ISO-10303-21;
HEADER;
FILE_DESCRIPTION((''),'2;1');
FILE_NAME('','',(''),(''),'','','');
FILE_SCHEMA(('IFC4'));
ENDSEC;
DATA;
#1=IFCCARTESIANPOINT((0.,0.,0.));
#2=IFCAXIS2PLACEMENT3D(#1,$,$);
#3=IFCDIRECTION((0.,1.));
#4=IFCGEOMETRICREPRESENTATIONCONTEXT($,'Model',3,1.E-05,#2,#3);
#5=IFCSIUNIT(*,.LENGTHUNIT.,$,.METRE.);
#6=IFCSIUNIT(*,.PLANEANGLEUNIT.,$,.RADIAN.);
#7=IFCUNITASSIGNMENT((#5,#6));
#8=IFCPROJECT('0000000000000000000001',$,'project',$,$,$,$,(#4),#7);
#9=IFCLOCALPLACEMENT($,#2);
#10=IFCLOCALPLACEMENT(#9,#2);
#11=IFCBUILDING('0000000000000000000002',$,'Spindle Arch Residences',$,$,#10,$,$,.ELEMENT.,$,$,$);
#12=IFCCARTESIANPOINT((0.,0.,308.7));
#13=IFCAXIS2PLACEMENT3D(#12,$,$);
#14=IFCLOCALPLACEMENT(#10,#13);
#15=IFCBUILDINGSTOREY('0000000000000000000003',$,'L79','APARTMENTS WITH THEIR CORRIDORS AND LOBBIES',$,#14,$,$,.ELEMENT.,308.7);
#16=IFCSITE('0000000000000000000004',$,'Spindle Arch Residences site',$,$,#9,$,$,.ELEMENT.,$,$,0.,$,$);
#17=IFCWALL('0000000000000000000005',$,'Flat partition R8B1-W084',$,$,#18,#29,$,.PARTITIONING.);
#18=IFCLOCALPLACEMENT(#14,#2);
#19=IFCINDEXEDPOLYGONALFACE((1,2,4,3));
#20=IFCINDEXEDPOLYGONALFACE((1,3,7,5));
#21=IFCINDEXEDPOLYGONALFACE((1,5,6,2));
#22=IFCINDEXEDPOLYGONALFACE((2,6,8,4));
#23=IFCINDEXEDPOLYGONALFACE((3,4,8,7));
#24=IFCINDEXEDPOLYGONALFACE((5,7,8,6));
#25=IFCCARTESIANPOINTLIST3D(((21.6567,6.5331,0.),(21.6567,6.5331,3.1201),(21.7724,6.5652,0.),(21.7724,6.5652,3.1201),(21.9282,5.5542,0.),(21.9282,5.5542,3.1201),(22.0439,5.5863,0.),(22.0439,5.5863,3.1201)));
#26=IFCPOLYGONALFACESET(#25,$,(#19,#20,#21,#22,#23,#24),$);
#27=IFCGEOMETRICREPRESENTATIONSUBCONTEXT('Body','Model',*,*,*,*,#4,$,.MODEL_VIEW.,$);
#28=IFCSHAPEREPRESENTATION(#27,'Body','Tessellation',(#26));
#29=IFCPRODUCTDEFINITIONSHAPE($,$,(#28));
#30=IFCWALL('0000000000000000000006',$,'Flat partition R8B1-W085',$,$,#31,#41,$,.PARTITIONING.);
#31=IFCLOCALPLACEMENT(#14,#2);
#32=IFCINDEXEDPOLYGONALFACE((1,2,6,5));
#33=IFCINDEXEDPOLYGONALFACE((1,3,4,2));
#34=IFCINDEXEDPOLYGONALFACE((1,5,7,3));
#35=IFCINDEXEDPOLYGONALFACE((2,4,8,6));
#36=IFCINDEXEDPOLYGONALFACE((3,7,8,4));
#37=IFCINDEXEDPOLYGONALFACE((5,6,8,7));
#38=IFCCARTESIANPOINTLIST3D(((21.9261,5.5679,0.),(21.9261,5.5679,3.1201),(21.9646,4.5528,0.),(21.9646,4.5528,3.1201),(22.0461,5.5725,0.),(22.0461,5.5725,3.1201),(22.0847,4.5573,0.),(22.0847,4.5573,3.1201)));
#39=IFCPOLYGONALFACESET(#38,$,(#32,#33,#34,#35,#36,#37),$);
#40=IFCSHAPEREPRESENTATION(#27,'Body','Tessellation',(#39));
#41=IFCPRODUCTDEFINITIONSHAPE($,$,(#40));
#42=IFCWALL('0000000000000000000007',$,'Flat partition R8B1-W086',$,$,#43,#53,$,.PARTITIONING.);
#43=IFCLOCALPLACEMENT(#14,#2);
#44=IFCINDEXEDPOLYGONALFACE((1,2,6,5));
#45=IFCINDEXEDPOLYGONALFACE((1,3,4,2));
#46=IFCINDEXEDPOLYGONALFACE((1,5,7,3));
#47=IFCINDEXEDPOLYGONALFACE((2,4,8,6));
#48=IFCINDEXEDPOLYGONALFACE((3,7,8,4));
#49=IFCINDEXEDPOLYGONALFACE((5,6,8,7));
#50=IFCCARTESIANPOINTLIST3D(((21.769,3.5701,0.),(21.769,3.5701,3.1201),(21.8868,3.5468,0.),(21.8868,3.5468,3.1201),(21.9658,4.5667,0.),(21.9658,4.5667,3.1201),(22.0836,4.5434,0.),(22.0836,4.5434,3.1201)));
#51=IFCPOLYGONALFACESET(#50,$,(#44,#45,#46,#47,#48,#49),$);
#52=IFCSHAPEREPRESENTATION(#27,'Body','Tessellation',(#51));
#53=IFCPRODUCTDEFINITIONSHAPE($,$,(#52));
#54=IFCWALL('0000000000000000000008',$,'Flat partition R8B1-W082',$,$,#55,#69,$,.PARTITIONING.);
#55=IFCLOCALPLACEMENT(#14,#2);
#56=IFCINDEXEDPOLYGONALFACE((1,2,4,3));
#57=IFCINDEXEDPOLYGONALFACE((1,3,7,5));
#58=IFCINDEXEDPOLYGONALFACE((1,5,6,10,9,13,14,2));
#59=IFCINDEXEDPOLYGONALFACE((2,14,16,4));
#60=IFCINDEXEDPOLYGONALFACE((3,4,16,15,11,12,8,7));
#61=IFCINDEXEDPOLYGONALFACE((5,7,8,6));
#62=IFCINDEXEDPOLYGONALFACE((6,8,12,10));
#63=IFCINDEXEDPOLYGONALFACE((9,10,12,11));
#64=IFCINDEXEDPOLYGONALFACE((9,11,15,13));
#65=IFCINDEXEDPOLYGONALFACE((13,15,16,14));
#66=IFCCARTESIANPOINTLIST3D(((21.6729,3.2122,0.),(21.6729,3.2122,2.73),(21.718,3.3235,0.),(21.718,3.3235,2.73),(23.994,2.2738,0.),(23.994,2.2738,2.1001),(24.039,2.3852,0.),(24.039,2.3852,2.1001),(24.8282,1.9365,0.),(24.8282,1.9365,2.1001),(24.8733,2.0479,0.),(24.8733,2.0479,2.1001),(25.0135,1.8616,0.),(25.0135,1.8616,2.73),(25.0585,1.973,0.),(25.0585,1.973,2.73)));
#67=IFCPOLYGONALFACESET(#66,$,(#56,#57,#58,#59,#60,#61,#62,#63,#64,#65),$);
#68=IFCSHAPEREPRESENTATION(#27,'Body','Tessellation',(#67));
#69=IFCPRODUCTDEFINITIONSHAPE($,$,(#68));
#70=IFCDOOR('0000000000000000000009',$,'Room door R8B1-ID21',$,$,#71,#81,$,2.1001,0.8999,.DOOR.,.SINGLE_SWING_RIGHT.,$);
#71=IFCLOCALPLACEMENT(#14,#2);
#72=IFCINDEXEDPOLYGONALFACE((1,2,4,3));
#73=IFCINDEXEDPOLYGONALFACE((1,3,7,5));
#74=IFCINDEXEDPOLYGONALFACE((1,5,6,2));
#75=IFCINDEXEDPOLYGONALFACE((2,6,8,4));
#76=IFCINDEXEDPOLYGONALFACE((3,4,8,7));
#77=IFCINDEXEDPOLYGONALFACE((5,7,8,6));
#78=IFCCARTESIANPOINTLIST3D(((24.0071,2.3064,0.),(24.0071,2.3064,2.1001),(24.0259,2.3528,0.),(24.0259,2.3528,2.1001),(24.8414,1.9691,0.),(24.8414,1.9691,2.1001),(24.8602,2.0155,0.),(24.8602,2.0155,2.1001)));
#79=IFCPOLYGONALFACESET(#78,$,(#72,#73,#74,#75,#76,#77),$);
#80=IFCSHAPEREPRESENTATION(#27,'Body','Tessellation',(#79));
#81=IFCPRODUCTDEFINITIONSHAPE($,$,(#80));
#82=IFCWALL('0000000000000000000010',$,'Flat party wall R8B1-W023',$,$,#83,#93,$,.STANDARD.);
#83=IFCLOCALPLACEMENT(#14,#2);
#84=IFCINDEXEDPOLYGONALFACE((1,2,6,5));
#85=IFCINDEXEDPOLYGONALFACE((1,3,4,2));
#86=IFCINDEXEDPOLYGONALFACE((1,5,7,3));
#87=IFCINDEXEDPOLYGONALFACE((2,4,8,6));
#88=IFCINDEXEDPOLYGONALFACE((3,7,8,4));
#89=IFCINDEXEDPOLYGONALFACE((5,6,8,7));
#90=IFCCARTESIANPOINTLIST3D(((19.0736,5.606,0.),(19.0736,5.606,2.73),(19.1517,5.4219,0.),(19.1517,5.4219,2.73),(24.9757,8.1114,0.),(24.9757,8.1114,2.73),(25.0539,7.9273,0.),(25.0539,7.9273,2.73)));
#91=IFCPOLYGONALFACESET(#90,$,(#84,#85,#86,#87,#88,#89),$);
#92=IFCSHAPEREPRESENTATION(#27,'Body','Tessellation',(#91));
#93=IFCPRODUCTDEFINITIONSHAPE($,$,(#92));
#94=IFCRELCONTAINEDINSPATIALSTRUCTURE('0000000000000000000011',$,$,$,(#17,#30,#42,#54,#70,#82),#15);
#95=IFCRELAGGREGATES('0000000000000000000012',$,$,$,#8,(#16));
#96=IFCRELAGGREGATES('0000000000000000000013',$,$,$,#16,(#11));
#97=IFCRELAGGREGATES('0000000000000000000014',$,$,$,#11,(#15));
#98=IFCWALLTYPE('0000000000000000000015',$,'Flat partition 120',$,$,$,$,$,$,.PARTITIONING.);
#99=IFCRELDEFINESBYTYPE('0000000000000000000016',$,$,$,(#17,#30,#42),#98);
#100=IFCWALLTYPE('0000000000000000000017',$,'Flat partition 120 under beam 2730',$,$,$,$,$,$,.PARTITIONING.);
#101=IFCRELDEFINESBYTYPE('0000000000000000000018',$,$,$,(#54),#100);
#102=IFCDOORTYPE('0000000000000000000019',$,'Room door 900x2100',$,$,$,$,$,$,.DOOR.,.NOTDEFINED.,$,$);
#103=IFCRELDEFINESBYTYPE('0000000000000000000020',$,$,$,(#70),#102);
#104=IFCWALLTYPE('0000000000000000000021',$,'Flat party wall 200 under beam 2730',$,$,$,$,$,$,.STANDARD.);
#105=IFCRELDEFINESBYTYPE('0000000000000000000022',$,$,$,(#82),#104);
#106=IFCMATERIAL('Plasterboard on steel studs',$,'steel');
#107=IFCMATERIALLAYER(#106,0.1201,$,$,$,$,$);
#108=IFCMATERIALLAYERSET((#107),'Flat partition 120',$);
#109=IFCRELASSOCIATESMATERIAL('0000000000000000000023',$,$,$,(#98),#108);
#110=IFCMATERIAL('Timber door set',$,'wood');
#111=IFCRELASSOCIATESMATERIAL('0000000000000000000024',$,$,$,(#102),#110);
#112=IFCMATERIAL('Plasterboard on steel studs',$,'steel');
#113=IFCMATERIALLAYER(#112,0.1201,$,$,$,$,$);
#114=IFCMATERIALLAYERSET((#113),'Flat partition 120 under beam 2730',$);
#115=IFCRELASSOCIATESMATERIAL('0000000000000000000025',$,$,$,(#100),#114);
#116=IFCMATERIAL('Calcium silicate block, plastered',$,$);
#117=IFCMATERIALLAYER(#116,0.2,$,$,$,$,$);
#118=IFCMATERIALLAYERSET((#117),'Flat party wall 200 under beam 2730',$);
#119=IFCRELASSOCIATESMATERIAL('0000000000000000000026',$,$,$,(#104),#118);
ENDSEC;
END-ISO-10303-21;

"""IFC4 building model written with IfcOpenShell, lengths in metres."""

from ifc_helpers import new_model, si_unit, direction, frame, frame_2d, origin, place, context, subcontext, project, spatial, rectangle, extrude, material, layer, layer_set, type_object, element, fill, save


model = new_model("IFC4")

# Units and contexts
model_context = context("Model", 3, precision=1e-05, world=origin(), true_north=direction((0.0, 1.0)))
body_context = subcontext(model_context, "Body", "Model", "MODEL_VIEW")
ifc_project = project(units=[si_unit("LENGTHUNIT", "METRE"), si_unit("PLANEANGLEUNIT", "RADIAN")], contexts=[model_context])

# Site, building, storey
site_placement = place(None, origin())
site = spatial("IfcSite", under=ifc_project, at=site_placement, Name="Spindle Arch Residences site", CompositionType="ELEMENT", RefElevation=0.0)
building_placement = place(site_placement, origin())
building = spatial("IfcBuilding", under=site, at=building_placement, Name="Spindle Arch Residences", CompositionType="ELEMENT")
storey_placement = place(building_placement, frame((0.0, 0.0, 308.7)))
storey = spatial("IfcBuildingStorey", under=building, at=storey_placement, Name="L79", Description="APARTMENTS WITH THEIR CORRIDORS AND LOBBIES", CompositionType="ELEMENT", Elevation=308.7)

# Shared definitions
ifc_material_1 = material(Name="Plasterboard on steel studs", Category="steel")
ifc_layer_1 = layer(ifc_material_1, 0.1201)
ifc_layer_set_1 = layer_set([ifc_layer_1], Name="Flat partition 120")
wall_type_1 = type_object("IfcWallType", Name="Flat partition 120", PredefinedType="PARTITIONING", material=ifc_layer_set_1)

# Shared definitions
ifc_material_2 = material(Name="Timber door set", Category="wood")
door_type_1 = type_object("IfcDoorType", Name="Room door 900x2100", OperationType="NOTDEFINED", PredefinedType="DOOR", material=ifc_material_2)

# Walls
for number, where, z_axis, x_axis, name in (
    (1, (21.7146, 6.5491, 0.0), (0.0, 0.0, 1.0), (0.267222, -0.963635, 0.0), "Flat partition R8B1-W084"),
    (2, (21.9861, 5.5701, 0.0), (0.0, 0.0, 1.0), (0.037972, -0.999279, 0.0), "Flat partition R8B1-W085"),
    (3, (22.0247, 4.5549, 0.0), (0.0, 0.0, 1.0), (-0.193712, -0.981058, 0.0), "Flat partition R8B1-W086"),
):
    element("IfcWall", number, at=place(storey_placement, frame(where, z_axis=z_axis, x_axis=x_axis)), inside=storey, type_object=wall_type_1, Name=name, PredefinedType="PARTITIONING", context=body_context, shape_type="SweptSolid", body=[
        extrude(rectangle(XDim=1.0159, YDim=0.1201, at=frame_2d((0.5078, 0.0))), origin(), (0.0, 0.0, 1.0), 3.1201),
    ])

# Wall, opening, door
ifc_material_3 = material(Name="Plasterboard on steel studs", Category="steel")
ifc_layer_2 = layer(ifc_material_3, 0.1201)
ifc_layer_set_2 = layer_set([ifc_layer_2], Name="Flat partition 120 under beam 2730")
wall_type_2 = type_object("IfcWallType", Name="Flat partition 120 under beam 2730", PredefinedType="PARTITIONING", material=ifc_layer_set_2)
wall_1_placement = place(storey_placement, frame((25.0361, 1.9172, 0.0), z_axis=(0.0, 0.0, 1.0), x_axis=(-0.927097, 0.374823, 0.0)))
wall_1 = element("IfcWall", 4, at=wall_1_placement, inside=storey, type_object=wall_type_2, Name="Flat partition R8B1-W082", PredefinedType="PARTITIONING", context=body_context, shape_type="SweptSolid", body=[
    extrude(rectangle(XDim=3.6033, YDim=0.1201, at=frame_2d((1.8018, 0.0))), origin(), (0.0, 0.0, 1.0), 2.73),
])
opening_1_placement = place(wall_1_placement, frame((0.2, 0.0, 0.0)))
opening_1 = element("IfcOpeningElement", 5, at=opening_1_placement, cuts=wall_1, PredefinedType="OPENING", context=body_context, shape_type="SweptSolid", body=[
    extrude(rectangle(XDim=0.8999, YDim=2.1001, at=frame_2d((0.45, 1.05))), frame((0.0, 0.0701, 0.0), z_axis=(0.0, -1.0, 0.0), x_axis=(1.0, 0.0, 0.0)), (0.0, 0.0, 1.0), 0.1401),
])
door_1_placement = place(opening_1_placement, origin())
door_1 = element("IfcDoor", 6, at=door_1_placement, inside=storey, type_object=door_type_1, Name="Room door R8B1-ID21", OperationType="SINGLE_SWING_RIGHT", OverallHeight=2.1001, OverallWidth=0.8999, PredefinedType="DOOR", context=body_context, shape_type="SweptSolid", body=[
    extrude(rectangle(XDim=0.8999, YDim=2.1001, at=frame_2d((0.45, 1.05))), frame((0.0, 0.0249, 0.0), z_axis=(0.0, -1.0, 0.0), x_axis=(1.0, 0.0, 0.0)), (0.0, 0.0, 1.0), 0.05),
])
fill(opening_1, door_1)

# Wall
ifc_material_4 = material(Name="Calcium silicate block, plastered")
ifc_layer_3 = layer(ifc_material_4, 0.2)
ifc_layer_set_3 = layer_set([ifc_layer_3], Name="Flat party wall 200 under beam 2730")
wall_type_3 = type_object("IfcWallType", Name="Flat party wall 200 under beam 2730", PredefinedType="STANDARD", material=ifc_layer_set_3)
wall_2_placement = place(storey_placement, frame((19.1125, 5.5139, 0.0), z_axis=(0.0, 0.0, 1.0), x_axis=(0.9205, 0.390741, 0.0)))
element("IfcWall", 7, at=wall_2_placement, inside=storey, type_object=wall_type_3, Name="Flat party wall R8B1-W023", PredefinedType="STANDARD", context=body_context, shape_type="SweptSolid", body=[
    extrude(rectangle(XDim=6.4119, YDim=0.2, at=frame_2d((3.2061, 0.0))), origin(), (0.0, 0.0, 1.0), 2.73),
])

save(model, "model.ifc")
